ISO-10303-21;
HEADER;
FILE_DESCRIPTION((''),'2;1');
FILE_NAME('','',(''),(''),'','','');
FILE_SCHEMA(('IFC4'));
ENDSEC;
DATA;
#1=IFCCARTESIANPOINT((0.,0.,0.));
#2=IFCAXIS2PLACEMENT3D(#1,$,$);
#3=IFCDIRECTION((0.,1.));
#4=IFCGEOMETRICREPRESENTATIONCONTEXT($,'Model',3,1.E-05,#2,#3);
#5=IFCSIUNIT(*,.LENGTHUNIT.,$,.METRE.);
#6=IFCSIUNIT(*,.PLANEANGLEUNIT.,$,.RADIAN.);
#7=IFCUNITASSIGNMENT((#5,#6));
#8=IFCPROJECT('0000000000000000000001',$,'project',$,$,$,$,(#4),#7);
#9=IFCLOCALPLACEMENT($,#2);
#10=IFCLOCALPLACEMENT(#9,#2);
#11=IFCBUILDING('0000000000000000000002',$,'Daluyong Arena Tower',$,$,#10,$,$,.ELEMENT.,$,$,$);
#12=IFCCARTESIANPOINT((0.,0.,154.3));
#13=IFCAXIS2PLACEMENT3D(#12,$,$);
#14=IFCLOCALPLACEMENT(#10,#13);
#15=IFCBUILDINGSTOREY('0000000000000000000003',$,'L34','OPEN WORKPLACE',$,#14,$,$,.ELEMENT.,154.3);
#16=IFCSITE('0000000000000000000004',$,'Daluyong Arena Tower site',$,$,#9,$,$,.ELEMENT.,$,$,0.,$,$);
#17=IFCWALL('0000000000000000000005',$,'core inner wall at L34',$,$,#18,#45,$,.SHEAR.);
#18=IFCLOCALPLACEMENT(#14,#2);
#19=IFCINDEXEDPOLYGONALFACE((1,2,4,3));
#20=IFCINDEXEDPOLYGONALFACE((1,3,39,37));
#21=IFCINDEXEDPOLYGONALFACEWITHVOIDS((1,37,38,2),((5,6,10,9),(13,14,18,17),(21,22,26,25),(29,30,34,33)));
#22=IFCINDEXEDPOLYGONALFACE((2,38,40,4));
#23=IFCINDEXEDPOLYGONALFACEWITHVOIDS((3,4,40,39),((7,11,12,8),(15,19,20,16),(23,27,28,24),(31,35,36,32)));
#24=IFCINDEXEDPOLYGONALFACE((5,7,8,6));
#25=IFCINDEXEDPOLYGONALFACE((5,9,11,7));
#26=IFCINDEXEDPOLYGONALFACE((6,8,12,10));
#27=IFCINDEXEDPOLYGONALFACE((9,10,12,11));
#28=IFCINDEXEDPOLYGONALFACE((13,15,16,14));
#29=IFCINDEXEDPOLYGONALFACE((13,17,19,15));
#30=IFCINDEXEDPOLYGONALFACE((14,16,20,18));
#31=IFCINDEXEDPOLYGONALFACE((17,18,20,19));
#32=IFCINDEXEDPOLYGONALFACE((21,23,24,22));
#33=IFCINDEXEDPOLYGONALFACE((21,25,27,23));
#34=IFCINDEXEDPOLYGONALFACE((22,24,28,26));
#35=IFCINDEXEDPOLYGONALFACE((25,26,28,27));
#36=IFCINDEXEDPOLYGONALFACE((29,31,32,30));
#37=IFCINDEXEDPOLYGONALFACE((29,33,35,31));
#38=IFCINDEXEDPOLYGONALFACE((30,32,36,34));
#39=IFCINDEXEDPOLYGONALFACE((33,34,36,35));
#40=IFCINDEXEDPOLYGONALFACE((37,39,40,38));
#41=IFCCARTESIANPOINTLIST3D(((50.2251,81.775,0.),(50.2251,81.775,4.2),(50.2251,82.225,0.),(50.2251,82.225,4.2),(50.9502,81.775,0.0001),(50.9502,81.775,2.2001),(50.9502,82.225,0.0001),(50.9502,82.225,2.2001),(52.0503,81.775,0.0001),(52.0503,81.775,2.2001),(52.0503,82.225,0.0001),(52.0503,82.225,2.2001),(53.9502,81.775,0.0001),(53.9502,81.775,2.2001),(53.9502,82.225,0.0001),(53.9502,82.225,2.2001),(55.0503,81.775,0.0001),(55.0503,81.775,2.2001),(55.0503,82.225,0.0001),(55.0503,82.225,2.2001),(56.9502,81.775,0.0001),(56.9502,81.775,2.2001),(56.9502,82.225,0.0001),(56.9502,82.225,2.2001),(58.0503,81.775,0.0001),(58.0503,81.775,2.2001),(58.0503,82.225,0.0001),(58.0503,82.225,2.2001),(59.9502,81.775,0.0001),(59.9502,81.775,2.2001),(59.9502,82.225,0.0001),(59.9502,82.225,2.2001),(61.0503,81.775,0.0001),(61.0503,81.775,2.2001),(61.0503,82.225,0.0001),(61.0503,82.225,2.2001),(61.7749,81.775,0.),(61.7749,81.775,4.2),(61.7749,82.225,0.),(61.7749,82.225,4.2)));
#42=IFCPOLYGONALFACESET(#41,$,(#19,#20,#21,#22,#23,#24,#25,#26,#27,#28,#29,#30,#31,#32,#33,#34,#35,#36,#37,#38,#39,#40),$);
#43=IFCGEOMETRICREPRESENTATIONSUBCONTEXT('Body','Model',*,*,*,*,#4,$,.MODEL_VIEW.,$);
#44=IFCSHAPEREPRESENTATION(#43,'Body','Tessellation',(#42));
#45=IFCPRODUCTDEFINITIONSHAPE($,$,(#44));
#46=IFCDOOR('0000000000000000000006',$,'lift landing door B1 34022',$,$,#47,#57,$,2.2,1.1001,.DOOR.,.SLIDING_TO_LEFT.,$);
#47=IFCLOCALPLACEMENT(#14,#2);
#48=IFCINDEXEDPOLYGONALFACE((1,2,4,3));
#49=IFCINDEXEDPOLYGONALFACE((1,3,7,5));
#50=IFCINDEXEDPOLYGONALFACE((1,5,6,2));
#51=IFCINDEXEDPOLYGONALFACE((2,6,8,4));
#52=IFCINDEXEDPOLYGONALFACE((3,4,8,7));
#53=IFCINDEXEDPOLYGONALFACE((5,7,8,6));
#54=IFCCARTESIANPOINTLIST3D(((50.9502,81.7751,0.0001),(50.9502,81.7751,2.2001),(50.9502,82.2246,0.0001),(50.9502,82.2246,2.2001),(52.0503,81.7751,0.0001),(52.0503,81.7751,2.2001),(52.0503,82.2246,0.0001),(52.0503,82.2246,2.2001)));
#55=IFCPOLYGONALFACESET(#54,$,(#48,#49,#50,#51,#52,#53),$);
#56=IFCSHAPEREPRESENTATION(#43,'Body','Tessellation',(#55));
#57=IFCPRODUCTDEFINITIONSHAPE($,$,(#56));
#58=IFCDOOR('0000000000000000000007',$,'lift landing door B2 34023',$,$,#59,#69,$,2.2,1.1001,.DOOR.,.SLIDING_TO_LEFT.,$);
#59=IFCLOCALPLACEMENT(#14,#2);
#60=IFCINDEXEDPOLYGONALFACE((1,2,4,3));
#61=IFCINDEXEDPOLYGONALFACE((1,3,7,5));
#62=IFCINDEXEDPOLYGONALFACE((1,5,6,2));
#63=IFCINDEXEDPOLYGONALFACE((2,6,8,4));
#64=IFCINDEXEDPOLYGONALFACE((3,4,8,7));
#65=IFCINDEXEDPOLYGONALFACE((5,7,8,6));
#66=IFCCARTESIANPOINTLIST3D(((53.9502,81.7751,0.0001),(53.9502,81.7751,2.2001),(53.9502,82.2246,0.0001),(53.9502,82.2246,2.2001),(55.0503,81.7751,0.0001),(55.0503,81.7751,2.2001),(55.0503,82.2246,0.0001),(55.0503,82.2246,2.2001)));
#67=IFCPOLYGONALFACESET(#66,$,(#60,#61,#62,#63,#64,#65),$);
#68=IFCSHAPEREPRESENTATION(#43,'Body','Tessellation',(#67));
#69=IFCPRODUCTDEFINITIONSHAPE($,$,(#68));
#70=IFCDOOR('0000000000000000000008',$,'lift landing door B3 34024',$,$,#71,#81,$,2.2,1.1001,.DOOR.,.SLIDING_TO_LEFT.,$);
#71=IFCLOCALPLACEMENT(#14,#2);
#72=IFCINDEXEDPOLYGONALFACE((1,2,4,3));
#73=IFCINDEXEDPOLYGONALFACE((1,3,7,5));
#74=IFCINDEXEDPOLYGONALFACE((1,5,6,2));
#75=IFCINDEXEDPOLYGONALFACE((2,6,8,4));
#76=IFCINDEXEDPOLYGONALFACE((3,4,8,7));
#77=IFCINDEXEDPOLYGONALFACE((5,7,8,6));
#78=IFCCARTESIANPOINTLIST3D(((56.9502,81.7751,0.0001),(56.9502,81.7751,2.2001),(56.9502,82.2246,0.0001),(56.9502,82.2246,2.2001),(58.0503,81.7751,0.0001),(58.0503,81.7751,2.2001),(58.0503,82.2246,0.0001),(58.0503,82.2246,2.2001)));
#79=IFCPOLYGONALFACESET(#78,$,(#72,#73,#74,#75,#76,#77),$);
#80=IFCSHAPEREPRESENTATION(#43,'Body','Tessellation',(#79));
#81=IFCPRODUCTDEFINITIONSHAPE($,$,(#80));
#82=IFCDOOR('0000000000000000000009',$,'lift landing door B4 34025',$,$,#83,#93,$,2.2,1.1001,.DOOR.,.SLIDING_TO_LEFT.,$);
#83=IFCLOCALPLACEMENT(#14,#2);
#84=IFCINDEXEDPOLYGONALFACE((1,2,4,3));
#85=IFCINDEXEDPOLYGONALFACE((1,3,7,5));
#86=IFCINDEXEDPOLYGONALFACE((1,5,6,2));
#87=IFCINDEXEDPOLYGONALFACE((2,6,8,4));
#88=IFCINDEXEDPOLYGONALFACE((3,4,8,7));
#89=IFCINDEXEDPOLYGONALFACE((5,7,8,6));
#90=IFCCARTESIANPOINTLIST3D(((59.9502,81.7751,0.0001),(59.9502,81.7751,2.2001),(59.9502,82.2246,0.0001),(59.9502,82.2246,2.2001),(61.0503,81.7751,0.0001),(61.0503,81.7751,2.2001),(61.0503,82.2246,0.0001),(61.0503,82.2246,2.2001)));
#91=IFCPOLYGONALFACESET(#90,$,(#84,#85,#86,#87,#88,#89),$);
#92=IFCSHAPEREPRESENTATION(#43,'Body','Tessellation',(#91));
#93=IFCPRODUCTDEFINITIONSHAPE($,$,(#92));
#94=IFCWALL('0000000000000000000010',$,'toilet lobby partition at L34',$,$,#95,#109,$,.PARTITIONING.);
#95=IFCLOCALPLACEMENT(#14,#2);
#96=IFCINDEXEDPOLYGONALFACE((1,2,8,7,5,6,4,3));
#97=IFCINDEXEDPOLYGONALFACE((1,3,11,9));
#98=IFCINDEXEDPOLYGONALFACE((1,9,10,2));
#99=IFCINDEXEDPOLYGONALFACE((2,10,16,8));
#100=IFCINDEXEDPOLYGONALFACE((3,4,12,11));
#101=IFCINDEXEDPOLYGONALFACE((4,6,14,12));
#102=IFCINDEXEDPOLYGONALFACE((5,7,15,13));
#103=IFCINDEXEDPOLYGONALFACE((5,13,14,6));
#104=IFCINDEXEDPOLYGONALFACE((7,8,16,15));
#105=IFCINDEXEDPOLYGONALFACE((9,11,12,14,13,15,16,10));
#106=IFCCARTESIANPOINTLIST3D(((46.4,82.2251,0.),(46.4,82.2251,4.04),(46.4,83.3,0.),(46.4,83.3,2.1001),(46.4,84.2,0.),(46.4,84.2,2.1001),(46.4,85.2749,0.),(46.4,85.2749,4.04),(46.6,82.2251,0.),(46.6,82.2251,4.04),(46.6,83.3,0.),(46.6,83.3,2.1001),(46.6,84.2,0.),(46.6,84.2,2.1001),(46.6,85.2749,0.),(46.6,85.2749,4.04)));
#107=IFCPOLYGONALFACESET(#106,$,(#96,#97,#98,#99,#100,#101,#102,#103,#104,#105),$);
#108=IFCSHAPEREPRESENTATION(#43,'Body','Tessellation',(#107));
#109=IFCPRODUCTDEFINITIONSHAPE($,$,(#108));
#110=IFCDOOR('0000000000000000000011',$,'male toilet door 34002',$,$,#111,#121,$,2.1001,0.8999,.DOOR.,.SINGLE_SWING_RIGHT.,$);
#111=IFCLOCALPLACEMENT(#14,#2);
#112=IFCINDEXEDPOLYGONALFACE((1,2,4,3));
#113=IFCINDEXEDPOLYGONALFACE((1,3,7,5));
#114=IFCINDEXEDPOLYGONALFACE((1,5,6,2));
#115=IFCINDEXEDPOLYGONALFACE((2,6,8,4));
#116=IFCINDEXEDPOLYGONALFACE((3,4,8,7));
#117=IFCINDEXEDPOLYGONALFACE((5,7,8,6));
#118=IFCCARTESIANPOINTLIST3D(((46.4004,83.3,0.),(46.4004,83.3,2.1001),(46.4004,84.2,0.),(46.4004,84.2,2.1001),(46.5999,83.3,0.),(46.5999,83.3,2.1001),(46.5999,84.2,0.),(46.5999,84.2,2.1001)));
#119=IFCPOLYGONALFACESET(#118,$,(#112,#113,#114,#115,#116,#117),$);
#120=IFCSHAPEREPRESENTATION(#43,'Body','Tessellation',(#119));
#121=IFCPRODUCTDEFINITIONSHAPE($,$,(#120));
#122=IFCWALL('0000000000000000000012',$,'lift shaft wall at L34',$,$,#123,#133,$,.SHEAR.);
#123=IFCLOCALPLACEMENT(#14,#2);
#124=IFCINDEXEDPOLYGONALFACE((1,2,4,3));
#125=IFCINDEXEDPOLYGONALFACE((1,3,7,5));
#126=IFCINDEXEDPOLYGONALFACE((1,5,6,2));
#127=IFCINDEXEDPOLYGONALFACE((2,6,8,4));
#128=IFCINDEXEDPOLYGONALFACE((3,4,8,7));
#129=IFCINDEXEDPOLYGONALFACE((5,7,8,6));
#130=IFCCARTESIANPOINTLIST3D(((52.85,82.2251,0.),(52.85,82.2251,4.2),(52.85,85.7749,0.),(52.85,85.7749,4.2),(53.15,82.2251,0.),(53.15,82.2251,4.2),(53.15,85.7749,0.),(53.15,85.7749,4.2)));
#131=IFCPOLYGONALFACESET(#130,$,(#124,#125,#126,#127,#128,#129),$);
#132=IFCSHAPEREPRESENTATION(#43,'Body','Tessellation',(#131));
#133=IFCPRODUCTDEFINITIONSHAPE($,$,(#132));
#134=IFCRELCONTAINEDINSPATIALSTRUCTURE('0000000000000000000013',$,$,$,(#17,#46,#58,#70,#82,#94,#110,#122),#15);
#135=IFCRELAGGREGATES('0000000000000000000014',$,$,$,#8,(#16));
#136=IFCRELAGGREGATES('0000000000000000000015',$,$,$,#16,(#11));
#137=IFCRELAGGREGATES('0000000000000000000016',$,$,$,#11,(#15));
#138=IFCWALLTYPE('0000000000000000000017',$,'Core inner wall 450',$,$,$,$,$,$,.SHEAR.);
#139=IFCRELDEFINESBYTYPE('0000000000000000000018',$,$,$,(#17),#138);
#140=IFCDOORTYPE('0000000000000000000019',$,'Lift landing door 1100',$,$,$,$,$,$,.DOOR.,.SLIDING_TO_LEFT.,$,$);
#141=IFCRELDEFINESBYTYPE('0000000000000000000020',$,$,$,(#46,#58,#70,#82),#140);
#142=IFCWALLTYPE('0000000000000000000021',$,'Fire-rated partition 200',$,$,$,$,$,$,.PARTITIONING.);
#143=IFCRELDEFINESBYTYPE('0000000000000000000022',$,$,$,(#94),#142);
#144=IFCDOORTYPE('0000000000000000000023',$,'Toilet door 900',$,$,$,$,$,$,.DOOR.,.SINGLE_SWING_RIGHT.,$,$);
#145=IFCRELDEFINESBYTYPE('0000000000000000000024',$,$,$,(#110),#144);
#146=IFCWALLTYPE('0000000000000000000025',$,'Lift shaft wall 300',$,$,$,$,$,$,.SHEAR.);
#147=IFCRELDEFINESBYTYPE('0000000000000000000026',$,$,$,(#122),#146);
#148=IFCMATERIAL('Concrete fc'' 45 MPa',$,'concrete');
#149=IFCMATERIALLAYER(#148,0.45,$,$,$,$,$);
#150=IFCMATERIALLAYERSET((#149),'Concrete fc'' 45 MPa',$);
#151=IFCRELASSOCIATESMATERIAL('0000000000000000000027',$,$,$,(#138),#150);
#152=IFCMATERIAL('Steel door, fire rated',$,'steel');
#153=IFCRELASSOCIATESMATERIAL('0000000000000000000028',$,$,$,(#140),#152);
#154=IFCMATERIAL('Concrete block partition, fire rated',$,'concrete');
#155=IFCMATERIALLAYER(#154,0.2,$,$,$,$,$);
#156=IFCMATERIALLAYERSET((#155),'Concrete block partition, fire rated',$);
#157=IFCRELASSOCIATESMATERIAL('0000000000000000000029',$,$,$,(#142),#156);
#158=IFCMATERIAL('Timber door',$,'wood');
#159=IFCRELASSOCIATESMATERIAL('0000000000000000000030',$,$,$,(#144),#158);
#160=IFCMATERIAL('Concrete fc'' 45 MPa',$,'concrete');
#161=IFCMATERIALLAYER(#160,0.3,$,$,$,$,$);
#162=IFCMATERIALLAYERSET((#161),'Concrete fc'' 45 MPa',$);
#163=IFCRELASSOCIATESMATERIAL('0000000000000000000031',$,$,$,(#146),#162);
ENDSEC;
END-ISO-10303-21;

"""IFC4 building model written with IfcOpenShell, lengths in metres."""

from ifc_helpers import new_model, si_unit, direction, frame, frame_2d, origin, place, context, subcontext, project, spatial, rectangle, extrude, material, layer, layer_set, type_object, element, fill, save


model = new_model("IFC4")

# Units and contexts
model_context = context("Model", 3, precision=1e-05, world=origin(), true_north=direction((0.0, 1.0)))
body_context = subcontext(model_context, "Body", "Model", "MODEL_VIEW")
ifc_project = project(units=[si_unit("LENGTHUNIT", "METRE"), si_unit("PLANEANGLEUNIT", "RADIAN")], contexts=[model_context])

# Site, building, storey
site_placement = place(None, origin())
site = spatial("IfcSite", under=ifc_project, at=site_placement, Name="Daluyong Arena Tower site", CompositionType="ELEMENT", RefElevation=0.0)
building_placement = place(site_placement, origin())
building = spatial("IfcBuilding", under=site, at=building_placement, Name="Daluyong Arena Tower", CompositionType="ELEMENT")
storey_placement = place(building_placement, frame((0.0, 0.0, 154.3)))
storey = spatial("IfcBuildingStorey", under=building, at=storey_placement, Name="L34", Description="OPEN WORKPLACE", CompositionType="ELEMENT", Elevation=154.3)

# Wall, openings, doors
ifc_material_1 = material(Name="Concrete fc' 45 MPa", Category="concrete")
ifc_layer_1 = layer(ifc_material_1, 0.45)
ifc_layer_set_1 = layer_set([ifc_layer_1], Name="Concrete fc' 45 MPa")
wall_type_1 = type_object("IfcWallType", Name="Core inner wall 450", PredefinedType="SHEAR", material=ifc_layer_set_1)
wall_1_placement = place(storey_placement, frame((50.2251, 82.0, 0.0), z_axis=(0.0, 0.0, 1.0), x_axis=(1.0, 0.0, 0.0)))
wall_1 = element("IfcWall", 1, at=wall_1_placement, inside=storey, type_object=wall_type_1, Name="core inner wall at L34", PredefinedType="SHEAR", context=body_context, shape_type="SweptSolid", body=[
    extrude(rectangle(XDim=11.5498, YDim=0.45, at=frame_2d((5.7749, 0.0))), origin(), (0.0, 0.0, 1.0), 4.2),
])
opening_1_placement = place(wall_1_placement, frame((0.7251, 0.0, 0.0)))
opening_1 = element("IfcOpeningElement", 2, at=opening_1_placement, cuts=wall_1, PredefinedType="OPENING", context=body_context, shape_type="SweptSolid", body=[
    extrude(rectangle(XDim=1.1001, YDim=2.2, at=frame_2d((0.55, 1.1001))), frame((0.0, 0.2349, 0.0), z_axis=(0.0, -1.0, 0.0), x_axis=(1.0, 0.0, 0.0)), (0.0, 0.0, 1.0), 0.47),
])
opening_2_placement = place(wall_1_placement, frame((3.7251, 0.0, 0.0)))
opening_2 = element("IfcOpeningElement", 3, at=opening_2_placement, cuts=wall_1, PredefinedType="OPENING", context=body_context, shape_type="SweptSolid", body=[
    extrude(rectangle(XDim=1.1001, YDim=2.2, at=frame_2d((0.55, 1.1001))), frame((0.0, 0.2349, 0.0), z_axis=(0.0, -1.0, 0.0), x_axis=(1.0, 0.0, 0.0)), (0.0, 0.0, 1.0), 0.47),
])
opening_3_placement = place(wall_1_placement, frame((6.7251, 0.0, 0.0)))
opening_3 = element("IfcOpeningElement", 4, at=opening_3_placement, cuts=wall_1, PredefinedType="OPENING", context=body_context, shape_type="SweptSolid", body=[
    extrude(rectangle(XDim=1.1001, YDim=2.2, at=frame_2d((0.55, 1.1001))), frame((0.0, 0.2349, 0.0), z_axis=(0.0, -1.0, 0.0), x_axis=(1.0, 0.0, 0.0)), (0.0, 0.0, 1.0), 0.47),
])
opening_4_placement = place(wall_1_placement, frame((9.7251, 0.0, 0.0)))
opening_4 = element("IfcOpeningElement", 5, at=opening_4_placement, cuts=wall_1, PredefinedType="OPENING", context=body_context, shape_type="SweptSolid", body=[
    extrude(rectangle(XDim=1.1001, YDim=2.2, at=frame_2d((0.55, 1.1001))), frame((0.0, 0.2349, 0.0), z_axis=(0.0, -1.0, 0.0), x_axis=(1.0, 0.0, 0.0)), (0.0, 0.0, 1.0), 0.47),
])
ifc_material_2 = material(Name="Steel door, fire rated", Category="steel")
door_type_1 = type_object("IfcDoorType", Name="Lift landing door 1100", OperationType="SLIDING_TO_LEFT", PredefinedType="DOOR", material=ifc_material_2)
door_1_placement = place(opening_1_placement, origin())
door_1 = element("IfcDoor", 6, at=door_1_placement, inside=storey, type_object=door_type_1, Name="lift landing door B1 34022", OperationType="SLIDING_TO_LEFT", OverallHeight=2.2, OverallWidth=1.1001, PredefinedType="DOOR", context=body_context, shape_type="SweptSolid", body=[
    extrude(rectangle(XDim=1.1001, YDim=2.2, at=frame_2d((0.55, 1.1001))), frame((0.0, 0.2246, 0.0), z_axis=(0.0, -1.0, 0.0), x_axis=(1.0, 0.0, 0.0)), (0.0, 0.0, 1.0), 0.4495),
])
fill(opening_1, door_1)
door_2_placement = place(opening_2_placement, origin())
door_2 = element("IfcDoor", 7, at=door_2_placement, inside=storey, type_object=door_type_1, Name="lift landing door B2 34023", OperationType="SLIDING_TO_LEFT", OverallHeight=2.2, OverallWidth=1.1001, PredefinedType="DOOR", context=body_context, shape_type="SweptSolid", body=[
    extrude(rectangle(XDim=1.1001, YDim=2.2, at=frame_2d((0.55, 1.1001))), frame((0.0, 0.2246, 0.0), z_axis=(0.0, -1.0, 0.0), x_axis=(1.0, 0.0, 0.0)), (0.0, 0.0, 1.0), 0.4495),
])
fill(opening_2, door_2)
door_3_placement = place(opening_3_placement, origin())
door_3 = element("IfcDoor", 8, at=door_3_placement, inside=storey, type_object=door_type_1, Name="lift landing door B3 34024", OperationType="SLIDING_TO_LEFT", OverallHeight=2.2, OverallWidth=1.1001, PredefinedType="DOOR", context=body_context, shape_type="SweptSolid", body=[
    extrude(rectangle(XDim=1.1001, YDim=2.2, at=frame_2d((0.55, 1.1001))), frame((0.0, 0.2246, 0.0), z_axis=(0.0, -1.0, 0.0), x_axis=(1.0, 0.0, 0.0)), (0.0, 0.0, 1.0), 0.4495),
])
fill(opening_3, door_3)
door_4_placement = place(opening_4_placement, origin())
door_4 = element("IfcDoor", 9, at=door_4_placement, inside=storey, type_object=door_type_1, Name="lift landing door B4 34025", OperationType="SLIDING_TO_LEFT", OverallHeight=2.2, OverallWidth=1.1001, PredefinedType="DOOR", context=body_context, shape_type="SweptSolid", body=[
    extrude(rectangle(XDim=1.1001, YDim=2.2, at=frame_2d((0.55, 1.1001))), frame((0.0, 0.2246, 0.0), z_axis=(0.0, -1.0, 0.0), x_axis=(1.0, 0.0, 0.0)), (0.0, 0.0, 1.0), 0.4495),
])
fill(opening_4, door_4)

# Wall, opening, door
ifc_material_3 = material(Name="Concrete block partition, fire rated", Category="concrete")
ifc_layer_2 = layer(ifc_material_3, 0.2)
ifc_layer_set_2 = layer_set([ifc_layer_2], Name="Concrete block partition, fire rated")
wall_type_2 = type_object("IfcWallType", Name="Fire-rated partition 200", PredefinedType="PARTITIONING", material=ifc_layer_set_2)
wall_2_placement = place(storey_placement, frame((46.5, 82.2251, 0.0), z_axis=(0.0, 0.0, 1.0), x_axis=(0.0, 1.0, 0.0)))
wall_2 = element("IfcWall", 10, at=wall_2_placement, inside=storey, type_object=wall_type_2, Name="toilet lobby partition at L34", PredefinedType="PARTITIONING", context=body_context, shape_type="SweptSolid", body=[
    extrude(rectangle(XDim=3.0498, YDim=0.2, at=frame_2d((1.5249, 0.0))), origin(), (0.0, 0.0, 1.0), 4.04),
])
opening_5_placement = place(wall_2_placement, frame((1.075, 0.0, 0.0)))
opening_5 = element("IfcOpeningElement", 11, at=opening_5_placement, cuts=wall_2, PredefinedType="OPENING", context=body_context, shape_type="SweptSolid", body=[
    extrude(rectangle(XDim=0.8999, YDim=2.1001, at=frame_2d((0.45, 1.05))), frame((0.0, 0.1099, 0.0), z_axis=(0.0, -1.0, 0.0), x_axis=(1.0, 0.0, 0.0)), (0.0, 0.0, 1.0), 0.22),
])
ifc_material_4 = material(Name="Timber door", Category="wood")
door_type_2 = type_object("IfcDoorType", Name="Toilet door 900", OperationType="SINGLE_SWING_RIGHT", PredefinedType="DOOR", material=ifc_material_4)
door_5_placement = place(opening_5_placement, origin())
door_5 = element("IfcDoor", 12, at=door_5_placement, inside=storey, type_object=door_type_2, Name="male toilet door 34002", OperationType="SINGLE_SWING_RIGHT", OverallHeight=2.1001, OverallWidth=0.8999, PredefinedType="DOOR", context=body_context, shape_type="SweptSolid", body=[
    extrude(rectangle(XDim=0.8999, YDim=2.1001, at=frame_2d((0.45, 1.05))), frame((0.0, 0.0996, 0.0), z_axis=(0.0, -1.0, 0.0), x_axis=(1.0, 0.0, 0.0)), (0.0, 0.0, 1.0), 0.1995),
])
fill(opening_5, door_5)

# Wall
ifc_material_5 = material(Name="Concrete fc' 45 MPa", Category="concrete")
ifc_layer_3 = layer(ifc_material_5, 0.3)
ifc_layer_set_3 = layer_set([ifc_layer_3], Name="Concrete fc' 45 MPa")
wall_type_3 = type_object("IfcWallType", Name="Lift shaft wall 300", PredefinedType="SHEAR", material=ifc_layer_set_3)
wall_3_placement = place(storey_placement, frame((53.0, 82.2251, 0.0), z_axis=(0.0, 0.0, 1.0), x_axis=(0.0, 1.0, 0.0)))
element("IfcWall", 13, at=wall_3_placement, inside=storey, type_object=wall_type_3, Name="lift shaft wall at L34", PredefinedType="SHEAR", context=body_context, shape_type="SweptSolid", body=[
    extrude(rectangle(XDim=3.5498, YDim=0.3, at=frame_2d((1.7749, 0.0))), origin(), (0.0, 0.0, 1.0), 4.2),
])

save(model, "model.ifc")
